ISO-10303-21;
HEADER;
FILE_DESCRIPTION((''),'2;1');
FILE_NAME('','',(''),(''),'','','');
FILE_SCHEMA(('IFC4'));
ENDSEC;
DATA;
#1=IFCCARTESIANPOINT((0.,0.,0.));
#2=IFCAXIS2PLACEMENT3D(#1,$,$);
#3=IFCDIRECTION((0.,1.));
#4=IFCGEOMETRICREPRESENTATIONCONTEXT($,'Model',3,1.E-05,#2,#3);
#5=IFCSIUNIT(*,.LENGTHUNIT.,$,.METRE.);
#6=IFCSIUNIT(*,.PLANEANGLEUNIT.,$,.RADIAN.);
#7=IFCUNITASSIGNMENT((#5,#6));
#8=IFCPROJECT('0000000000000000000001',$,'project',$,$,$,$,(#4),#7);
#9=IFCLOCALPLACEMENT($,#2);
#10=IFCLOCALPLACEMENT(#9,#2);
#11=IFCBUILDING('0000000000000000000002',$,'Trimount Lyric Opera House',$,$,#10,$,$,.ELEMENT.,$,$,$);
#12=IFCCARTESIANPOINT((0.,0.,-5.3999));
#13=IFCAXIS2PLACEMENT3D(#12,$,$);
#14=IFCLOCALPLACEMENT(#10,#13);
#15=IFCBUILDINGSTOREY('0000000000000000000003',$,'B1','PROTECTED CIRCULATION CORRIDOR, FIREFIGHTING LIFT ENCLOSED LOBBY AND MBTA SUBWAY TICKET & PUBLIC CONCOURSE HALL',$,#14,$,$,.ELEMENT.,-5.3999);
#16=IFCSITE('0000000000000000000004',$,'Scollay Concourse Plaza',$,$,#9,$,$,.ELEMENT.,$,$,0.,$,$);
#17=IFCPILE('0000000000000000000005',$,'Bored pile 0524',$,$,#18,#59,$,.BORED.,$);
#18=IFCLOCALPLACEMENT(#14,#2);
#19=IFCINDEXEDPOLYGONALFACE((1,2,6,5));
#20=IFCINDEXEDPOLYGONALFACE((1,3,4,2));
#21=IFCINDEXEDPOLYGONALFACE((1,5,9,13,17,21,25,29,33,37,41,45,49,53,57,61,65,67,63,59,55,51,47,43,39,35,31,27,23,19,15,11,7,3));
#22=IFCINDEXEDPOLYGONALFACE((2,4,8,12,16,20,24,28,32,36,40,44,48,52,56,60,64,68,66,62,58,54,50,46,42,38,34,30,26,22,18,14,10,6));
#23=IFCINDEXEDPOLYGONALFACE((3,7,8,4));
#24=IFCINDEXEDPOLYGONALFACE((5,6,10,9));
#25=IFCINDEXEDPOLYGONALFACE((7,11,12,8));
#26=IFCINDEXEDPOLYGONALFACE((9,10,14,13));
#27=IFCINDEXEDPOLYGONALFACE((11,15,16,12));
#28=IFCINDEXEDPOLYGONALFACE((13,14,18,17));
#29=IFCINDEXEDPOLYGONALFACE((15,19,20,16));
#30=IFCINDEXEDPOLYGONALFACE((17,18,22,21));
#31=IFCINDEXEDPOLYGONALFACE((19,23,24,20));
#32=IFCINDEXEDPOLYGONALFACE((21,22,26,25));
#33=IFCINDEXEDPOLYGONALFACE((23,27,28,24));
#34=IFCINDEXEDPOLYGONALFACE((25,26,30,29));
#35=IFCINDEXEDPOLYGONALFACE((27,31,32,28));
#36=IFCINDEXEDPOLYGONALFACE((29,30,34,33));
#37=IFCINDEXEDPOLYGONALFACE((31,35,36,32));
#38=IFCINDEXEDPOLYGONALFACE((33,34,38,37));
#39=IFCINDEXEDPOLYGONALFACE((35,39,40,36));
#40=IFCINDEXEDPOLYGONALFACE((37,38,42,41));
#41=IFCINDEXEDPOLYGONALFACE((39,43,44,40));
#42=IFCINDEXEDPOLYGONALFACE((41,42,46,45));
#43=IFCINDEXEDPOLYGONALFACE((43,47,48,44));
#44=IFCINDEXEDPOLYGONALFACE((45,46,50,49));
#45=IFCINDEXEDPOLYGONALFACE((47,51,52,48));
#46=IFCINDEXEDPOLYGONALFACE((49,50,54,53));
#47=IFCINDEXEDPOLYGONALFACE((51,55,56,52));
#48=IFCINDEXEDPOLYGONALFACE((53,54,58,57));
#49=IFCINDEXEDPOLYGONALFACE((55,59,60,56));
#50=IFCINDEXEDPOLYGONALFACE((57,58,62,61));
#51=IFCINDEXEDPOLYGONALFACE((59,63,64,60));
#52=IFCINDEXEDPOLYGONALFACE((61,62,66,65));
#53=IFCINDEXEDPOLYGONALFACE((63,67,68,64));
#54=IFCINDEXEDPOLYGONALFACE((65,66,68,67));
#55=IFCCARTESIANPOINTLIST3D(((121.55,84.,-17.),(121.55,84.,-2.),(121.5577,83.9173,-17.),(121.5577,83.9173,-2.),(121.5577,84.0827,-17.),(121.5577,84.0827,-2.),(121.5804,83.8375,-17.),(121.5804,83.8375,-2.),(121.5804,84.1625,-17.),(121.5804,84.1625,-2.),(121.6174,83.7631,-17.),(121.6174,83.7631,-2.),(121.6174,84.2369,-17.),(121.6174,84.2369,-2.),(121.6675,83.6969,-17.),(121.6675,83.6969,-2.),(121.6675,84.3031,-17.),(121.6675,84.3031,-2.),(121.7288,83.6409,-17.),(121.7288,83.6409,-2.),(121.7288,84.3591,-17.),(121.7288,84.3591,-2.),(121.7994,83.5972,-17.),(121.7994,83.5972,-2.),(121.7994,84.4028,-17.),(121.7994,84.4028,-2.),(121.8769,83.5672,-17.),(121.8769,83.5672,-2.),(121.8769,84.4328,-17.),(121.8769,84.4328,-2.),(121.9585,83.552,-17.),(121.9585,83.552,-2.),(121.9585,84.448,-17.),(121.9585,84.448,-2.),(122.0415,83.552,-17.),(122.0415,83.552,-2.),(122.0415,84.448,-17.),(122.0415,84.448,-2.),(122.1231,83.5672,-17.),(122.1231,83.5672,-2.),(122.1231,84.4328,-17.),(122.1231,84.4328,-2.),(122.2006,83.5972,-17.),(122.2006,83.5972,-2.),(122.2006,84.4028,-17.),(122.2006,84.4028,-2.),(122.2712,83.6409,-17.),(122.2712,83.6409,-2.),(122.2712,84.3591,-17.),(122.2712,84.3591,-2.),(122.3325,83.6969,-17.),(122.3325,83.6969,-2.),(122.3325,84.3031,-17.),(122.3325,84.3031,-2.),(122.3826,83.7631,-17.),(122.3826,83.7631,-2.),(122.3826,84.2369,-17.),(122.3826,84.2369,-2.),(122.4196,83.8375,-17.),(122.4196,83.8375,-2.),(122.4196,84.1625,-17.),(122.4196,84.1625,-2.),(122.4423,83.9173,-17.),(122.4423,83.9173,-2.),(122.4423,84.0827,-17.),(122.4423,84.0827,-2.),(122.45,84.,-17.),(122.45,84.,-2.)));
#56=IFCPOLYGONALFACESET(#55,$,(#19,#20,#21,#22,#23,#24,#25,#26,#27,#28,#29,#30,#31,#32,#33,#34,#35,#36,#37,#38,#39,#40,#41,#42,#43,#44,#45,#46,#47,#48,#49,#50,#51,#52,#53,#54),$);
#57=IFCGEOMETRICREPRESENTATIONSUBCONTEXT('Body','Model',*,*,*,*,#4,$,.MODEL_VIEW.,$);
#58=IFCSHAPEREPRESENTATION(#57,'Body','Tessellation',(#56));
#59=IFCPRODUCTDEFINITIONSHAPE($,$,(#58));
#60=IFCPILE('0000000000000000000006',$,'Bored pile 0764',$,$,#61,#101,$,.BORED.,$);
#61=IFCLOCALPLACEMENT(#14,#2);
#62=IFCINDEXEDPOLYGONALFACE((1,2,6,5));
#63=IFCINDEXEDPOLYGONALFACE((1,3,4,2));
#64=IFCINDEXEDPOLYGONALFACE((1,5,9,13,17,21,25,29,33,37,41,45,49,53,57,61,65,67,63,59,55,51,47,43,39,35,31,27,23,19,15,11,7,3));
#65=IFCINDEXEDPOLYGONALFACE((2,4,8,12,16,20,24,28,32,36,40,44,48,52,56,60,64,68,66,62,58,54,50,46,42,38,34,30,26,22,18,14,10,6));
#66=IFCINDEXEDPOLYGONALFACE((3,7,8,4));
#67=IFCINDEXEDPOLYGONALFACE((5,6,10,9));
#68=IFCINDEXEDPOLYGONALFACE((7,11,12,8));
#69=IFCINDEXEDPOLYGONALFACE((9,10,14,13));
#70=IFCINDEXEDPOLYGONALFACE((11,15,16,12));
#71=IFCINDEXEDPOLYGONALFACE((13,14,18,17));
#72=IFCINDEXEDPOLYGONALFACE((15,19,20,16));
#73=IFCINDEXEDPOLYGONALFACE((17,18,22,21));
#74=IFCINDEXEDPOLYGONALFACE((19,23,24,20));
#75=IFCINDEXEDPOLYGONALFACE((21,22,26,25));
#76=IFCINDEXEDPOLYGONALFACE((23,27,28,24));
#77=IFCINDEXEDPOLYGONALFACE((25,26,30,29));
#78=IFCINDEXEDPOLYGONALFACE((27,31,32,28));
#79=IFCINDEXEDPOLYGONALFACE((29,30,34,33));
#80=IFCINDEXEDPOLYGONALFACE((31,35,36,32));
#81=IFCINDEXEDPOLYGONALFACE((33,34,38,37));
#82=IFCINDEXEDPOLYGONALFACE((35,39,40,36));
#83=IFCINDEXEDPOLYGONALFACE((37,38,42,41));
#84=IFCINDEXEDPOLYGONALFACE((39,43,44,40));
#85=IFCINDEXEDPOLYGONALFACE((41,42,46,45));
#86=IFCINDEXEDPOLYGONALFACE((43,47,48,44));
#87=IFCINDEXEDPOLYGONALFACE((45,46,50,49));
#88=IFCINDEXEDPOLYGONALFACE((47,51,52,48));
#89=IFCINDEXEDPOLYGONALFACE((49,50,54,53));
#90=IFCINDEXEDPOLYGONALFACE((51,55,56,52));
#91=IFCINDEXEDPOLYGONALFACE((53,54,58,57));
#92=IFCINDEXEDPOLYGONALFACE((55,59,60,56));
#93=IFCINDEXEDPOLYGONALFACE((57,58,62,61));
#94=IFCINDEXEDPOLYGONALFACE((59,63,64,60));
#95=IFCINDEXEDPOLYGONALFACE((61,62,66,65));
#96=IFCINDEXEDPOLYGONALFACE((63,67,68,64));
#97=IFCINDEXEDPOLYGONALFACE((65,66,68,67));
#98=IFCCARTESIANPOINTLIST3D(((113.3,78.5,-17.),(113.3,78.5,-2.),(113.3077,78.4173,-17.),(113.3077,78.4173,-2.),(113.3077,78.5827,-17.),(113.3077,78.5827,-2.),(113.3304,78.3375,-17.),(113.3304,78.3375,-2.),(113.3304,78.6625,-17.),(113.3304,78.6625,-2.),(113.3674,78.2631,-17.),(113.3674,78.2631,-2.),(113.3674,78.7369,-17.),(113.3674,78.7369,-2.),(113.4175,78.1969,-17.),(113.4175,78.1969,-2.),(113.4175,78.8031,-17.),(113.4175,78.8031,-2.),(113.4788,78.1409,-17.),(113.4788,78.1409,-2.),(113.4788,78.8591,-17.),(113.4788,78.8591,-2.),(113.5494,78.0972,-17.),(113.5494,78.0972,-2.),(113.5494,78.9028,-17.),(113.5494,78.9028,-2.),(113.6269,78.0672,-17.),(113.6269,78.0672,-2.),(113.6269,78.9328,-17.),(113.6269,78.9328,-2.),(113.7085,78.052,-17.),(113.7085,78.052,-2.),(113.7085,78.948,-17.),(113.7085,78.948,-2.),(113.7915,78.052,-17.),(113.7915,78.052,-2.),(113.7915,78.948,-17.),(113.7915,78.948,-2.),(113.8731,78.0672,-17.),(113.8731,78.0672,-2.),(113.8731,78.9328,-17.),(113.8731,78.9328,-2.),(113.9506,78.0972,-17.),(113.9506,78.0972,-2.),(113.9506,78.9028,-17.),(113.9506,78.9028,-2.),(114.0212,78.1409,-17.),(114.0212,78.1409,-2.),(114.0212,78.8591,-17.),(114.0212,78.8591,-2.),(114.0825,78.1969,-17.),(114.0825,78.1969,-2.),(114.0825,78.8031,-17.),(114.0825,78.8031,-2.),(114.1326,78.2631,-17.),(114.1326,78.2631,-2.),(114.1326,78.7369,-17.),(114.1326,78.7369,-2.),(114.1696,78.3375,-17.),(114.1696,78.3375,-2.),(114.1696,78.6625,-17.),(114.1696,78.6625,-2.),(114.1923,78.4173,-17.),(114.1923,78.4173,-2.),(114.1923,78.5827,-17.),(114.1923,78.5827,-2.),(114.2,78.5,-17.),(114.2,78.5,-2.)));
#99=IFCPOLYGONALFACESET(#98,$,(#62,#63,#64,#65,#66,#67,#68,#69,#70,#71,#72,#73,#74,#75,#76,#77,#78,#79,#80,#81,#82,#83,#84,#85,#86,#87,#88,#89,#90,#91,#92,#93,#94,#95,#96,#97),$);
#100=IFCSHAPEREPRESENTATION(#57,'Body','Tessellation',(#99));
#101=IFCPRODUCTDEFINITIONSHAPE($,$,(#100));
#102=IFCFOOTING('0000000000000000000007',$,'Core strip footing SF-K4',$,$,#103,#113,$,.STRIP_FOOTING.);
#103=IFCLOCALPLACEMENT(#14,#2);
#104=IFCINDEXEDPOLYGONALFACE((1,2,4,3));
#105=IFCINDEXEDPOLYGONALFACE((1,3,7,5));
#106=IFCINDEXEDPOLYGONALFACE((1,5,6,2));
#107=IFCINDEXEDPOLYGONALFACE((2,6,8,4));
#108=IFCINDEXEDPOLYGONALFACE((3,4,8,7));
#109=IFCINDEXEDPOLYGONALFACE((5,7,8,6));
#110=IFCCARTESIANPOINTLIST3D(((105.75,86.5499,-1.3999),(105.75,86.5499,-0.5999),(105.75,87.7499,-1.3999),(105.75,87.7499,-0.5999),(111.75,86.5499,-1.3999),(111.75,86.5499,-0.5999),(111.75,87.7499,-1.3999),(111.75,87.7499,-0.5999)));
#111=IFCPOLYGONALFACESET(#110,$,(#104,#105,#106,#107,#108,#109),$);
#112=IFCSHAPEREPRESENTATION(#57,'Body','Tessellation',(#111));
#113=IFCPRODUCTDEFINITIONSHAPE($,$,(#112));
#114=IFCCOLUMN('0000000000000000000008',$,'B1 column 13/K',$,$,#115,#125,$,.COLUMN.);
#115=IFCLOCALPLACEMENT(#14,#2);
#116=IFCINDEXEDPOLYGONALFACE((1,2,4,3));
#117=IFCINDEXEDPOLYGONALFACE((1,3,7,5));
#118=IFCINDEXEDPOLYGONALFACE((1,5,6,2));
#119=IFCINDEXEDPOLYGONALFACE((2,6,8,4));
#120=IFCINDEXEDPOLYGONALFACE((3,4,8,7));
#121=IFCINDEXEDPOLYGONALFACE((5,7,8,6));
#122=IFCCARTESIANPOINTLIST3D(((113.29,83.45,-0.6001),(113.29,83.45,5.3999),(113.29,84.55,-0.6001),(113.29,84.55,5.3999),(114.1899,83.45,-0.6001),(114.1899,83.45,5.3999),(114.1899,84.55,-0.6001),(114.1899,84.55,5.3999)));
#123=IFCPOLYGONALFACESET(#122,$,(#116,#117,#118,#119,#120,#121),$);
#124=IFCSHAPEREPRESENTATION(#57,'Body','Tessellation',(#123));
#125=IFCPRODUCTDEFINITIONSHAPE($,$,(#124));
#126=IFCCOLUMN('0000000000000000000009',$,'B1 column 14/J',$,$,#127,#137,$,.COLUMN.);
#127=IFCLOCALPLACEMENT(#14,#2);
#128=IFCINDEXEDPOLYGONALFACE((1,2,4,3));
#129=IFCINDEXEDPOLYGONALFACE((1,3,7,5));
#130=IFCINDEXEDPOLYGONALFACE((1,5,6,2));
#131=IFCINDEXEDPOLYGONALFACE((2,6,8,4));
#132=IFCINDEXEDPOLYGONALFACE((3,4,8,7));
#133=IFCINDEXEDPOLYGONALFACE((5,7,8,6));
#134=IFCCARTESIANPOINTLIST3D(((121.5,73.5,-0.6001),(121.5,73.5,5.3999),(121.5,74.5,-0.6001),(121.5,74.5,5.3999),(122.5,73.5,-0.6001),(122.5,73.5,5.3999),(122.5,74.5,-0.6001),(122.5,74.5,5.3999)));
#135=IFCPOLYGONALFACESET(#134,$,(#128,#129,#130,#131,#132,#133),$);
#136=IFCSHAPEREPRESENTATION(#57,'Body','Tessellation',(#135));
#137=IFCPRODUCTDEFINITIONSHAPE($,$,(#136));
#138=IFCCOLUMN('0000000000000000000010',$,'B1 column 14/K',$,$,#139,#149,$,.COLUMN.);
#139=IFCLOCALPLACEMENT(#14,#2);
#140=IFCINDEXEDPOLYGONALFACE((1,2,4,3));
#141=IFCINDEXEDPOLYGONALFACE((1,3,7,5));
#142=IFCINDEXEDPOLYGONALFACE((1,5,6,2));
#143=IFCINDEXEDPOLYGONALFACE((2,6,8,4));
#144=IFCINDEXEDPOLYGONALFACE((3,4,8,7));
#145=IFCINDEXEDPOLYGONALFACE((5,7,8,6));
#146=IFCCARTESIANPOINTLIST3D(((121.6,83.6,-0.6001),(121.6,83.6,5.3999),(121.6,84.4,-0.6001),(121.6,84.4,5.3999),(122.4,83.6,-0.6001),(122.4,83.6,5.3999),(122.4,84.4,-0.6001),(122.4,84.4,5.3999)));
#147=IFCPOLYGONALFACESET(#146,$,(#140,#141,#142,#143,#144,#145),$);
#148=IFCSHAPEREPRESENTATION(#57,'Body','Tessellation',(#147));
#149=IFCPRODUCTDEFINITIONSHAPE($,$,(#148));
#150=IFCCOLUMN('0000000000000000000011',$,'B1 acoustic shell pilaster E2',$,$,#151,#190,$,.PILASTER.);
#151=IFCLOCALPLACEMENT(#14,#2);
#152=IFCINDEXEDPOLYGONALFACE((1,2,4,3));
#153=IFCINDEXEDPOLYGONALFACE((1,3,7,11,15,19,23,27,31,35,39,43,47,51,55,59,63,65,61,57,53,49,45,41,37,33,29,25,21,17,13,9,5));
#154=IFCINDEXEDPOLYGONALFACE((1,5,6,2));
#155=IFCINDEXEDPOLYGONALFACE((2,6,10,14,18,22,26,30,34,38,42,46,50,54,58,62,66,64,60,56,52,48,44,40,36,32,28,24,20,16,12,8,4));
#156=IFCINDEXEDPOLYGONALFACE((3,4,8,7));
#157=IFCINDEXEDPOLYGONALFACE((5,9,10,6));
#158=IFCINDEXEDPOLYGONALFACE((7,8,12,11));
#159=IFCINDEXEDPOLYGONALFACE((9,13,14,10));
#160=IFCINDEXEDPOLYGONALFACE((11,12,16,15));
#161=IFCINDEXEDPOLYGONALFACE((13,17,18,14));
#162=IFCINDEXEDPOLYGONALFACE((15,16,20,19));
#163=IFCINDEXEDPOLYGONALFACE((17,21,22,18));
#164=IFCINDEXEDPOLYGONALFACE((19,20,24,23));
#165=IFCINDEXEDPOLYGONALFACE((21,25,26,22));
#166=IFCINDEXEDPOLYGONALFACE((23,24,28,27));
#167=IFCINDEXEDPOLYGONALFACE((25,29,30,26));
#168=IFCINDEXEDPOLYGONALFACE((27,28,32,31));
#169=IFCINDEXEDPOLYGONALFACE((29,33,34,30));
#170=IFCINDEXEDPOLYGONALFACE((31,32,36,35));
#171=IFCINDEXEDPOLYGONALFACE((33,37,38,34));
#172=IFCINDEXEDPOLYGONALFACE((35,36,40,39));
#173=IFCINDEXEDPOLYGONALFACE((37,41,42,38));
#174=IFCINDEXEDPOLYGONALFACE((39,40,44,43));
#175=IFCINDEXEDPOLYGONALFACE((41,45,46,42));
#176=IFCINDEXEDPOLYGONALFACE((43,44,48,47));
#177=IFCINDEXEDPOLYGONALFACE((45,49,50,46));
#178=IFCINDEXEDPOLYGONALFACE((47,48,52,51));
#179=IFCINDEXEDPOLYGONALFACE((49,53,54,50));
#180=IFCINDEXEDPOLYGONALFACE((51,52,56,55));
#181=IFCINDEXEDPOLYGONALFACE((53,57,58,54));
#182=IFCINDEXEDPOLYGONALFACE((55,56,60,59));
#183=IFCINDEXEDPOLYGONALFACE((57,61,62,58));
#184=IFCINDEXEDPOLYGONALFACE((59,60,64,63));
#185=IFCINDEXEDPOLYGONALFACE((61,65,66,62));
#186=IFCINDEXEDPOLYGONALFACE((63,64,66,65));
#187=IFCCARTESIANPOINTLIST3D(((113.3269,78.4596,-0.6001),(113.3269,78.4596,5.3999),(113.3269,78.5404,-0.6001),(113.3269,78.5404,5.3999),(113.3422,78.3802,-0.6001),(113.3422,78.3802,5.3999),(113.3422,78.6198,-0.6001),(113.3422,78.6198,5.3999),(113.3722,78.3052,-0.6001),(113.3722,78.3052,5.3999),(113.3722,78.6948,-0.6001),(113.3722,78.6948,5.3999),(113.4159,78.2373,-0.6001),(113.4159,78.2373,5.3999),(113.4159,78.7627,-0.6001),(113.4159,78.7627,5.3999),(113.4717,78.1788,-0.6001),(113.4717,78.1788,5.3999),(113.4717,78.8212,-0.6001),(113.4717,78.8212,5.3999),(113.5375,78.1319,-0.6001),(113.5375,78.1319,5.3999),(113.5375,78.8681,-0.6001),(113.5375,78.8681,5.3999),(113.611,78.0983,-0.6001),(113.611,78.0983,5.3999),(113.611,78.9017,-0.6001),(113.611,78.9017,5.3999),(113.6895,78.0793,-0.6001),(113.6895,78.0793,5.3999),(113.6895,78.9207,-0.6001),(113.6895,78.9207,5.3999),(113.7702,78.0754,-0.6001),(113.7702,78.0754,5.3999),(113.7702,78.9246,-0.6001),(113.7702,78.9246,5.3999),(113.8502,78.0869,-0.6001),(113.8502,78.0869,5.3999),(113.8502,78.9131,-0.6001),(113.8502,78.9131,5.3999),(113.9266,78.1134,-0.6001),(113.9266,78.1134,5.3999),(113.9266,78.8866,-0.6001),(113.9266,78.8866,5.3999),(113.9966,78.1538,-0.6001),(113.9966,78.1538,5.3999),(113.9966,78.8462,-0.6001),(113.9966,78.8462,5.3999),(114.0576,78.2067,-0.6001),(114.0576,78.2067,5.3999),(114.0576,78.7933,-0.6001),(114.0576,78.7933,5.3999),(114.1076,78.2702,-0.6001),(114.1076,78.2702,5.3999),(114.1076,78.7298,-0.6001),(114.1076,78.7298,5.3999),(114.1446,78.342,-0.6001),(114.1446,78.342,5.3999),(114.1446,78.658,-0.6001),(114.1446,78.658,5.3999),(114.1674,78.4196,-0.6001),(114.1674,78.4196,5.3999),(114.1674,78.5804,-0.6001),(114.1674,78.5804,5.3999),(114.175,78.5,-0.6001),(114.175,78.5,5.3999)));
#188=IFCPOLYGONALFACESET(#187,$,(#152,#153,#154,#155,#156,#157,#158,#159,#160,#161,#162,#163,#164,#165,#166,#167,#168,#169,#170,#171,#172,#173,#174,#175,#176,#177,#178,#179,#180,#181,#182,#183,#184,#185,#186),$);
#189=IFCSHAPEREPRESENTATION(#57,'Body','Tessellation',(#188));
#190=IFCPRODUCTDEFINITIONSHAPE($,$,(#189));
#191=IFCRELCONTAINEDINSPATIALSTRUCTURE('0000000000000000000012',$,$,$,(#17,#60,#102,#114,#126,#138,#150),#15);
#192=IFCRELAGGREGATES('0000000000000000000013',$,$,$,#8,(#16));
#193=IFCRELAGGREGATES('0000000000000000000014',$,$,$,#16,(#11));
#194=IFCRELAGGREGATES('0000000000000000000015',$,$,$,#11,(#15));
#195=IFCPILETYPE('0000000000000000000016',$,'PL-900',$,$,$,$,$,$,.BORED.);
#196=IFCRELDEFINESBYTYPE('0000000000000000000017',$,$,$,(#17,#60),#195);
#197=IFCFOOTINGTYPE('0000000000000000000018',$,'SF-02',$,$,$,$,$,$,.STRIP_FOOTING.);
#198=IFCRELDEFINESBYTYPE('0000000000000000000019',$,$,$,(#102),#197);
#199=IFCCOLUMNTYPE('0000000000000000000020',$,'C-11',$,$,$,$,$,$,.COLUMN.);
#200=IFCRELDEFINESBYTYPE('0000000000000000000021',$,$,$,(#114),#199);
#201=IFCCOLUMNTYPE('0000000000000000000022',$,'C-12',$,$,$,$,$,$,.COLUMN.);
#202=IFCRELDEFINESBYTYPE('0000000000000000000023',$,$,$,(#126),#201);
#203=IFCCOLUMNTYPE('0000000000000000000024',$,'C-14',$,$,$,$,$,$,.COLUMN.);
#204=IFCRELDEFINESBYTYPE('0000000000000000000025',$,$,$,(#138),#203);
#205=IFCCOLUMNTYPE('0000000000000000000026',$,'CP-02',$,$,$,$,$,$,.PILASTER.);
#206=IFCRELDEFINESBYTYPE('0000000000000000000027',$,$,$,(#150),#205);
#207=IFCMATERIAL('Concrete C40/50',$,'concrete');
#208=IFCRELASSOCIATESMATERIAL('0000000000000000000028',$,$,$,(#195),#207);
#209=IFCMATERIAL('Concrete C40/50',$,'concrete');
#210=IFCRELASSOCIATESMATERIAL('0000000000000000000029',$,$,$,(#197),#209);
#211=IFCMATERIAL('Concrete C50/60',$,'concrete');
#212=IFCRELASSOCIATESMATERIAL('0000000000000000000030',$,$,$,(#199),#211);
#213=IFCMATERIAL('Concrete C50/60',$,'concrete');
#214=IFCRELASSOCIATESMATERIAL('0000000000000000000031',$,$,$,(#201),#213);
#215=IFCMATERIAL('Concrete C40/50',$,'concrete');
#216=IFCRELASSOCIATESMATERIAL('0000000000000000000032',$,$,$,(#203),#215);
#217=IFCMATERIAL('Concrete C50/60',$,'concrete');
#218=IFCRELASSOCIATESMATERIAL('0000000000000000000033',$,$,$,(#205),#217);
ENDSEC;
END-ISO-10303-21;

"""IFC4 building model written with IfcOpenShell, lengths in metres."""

from ifc_helpers import new_model, si_unit, direction, frame, origin, origin_2d, place, context, subcontext, project, spatial, rectangle, circle, extrude, material, material_profile, profile_set, type_object, element, save


model = new_model("IFC4")

# Units and contexts
model_context = context("Model", 3, precision=1e-05, world=origin(), true_north=direction((0.0, 1.0)))
body_context = subcontext(model_context, "Body", "Model", "MODEL_VIEW")
ifc_project = project(units=[si_unit("LENGTHUNIT", "METRE"), si_unit("PLANEANGLEUNIT", "RADIAN")], contexts=[model_context])

# Site, building, storey
site_placement = place(None, origin())
site = spatial("IfcSite", under=ifc_project, at=site_placement, Name="Scollay Concourse Plaza", CompositionType="ELEMENT", RefElevation=0.0)
building_placement = place(site_placement, origin())
building = spatial("IfcBuilding", under=site, at=building_placement, Name="Trimount Lyric Opera House", CompositionType="ELEMENT")
storey_placement = place(building_placement, frame((0.0, 0.0, -5.3999)))
storey = spatial("IfcBuildingStorey", under=building, at=storey_placement, Name="B1", Description="PROTECTED CIRCULATION CORRIDOR, FIREFIGHTING LIFT ENCLOSED LOBBY AND MBTA SUBWAY TICKET & PUBLIC CONCOURSE HALL", CompositionType="ELEMENT", Elevation=-5.3999)

# Piles
ifc_material_1 = material(Name="Concrete C40/50", Category="concrete")
ifc_material_profile_1 = material_profile(ifc_material_1, circle(Radius=0.45, at=origin_2d()), Name="PILE-D900")
ifc_profile_set_1 = profile_set([ifc_material_profile_1], Name="Concrete C40/50")
pile_type_1 = type_object("IfcPileType", Name="PL-900", PredefinedType="BORED", material=ifc_profile_set_1)
for number, where, z_axis, x_axis, name in (
    (1, (122.0, 84.0, -2.0), (0.0, 0.0, -1.0), (1.0, 0.0, 0.0), "Bored pile 0524"),
    (2, (113.75, 78.5, -2.0), (0.0, 0.0, -1.0), (1.0, 0.0, 0.0), "Bored pile 0764"),
):
    element("IfcPile", number, at=place(storey_placement, frame(where, z_axis=z_axis, x_axis=x_axis)), inside=storey, type_object=pile_type_1, Name=name, PredefinedType="BORED", context=body_context, shape_type="SweptSolid", body=[
        extrude(circle(Radius=0.45, at=origin_2d()), origin(), (0.0, 0.0, 1.0), 15.0),
    ])

# Footing
ifc_material_2 = material(Name="Concrete C40/50", Category="concrete")
footing_type_1 = type_object("IfcFootingType", Name="SF-02", PredefinedType="STRIP_FOOTING", material=ifc_material_2)
footing_1_placement = place(storey_placement, frame((108.75, 87.1499, -1.3999), z_axis=(0.0, 0.0, 1.0), x_axis=(1.0, 0.0, 0.0)))
element("IfcFooting", 3, at=footing_1_placement, inside=storey, type_object=footing_type_1, Name="Core strip footing SF-K4", PredefinedType="STRIP_FOOTING", context=body_context, shape_type="SweptSolid", body=[
    extrude(rectangle(XDim=6.0, YDim=1.2, at=origin_2d()), origin(), (0.0, 0.0, 1.0), 0.8),
])

# Columns
ifc_material_3 = material(Name="Concrete C50/60", Category="concrete")
ifc_material_profile_2 = material_profile(ifc_material_3, rectangle(XDim=0.8999, YDim=1.1001, at=origin_2d()), Name="RC1100X900")
ifc_profile_set_2 = profile_set([ifc_material_profile_2], Name="Concrete C50/60")
column_type_1 = type_object("IfcColumnType", Name="C-11", PredefinedType="COLUMN", material=ifc_profile_set_2)
column_1_placement = place(storey_placement, frame((113.74, 84.0, -0.6001), z_axis=(0.0, 0.0, 1.0), x_axis=(1.0, 0.0, 0.0)))
element("IfcColumn", 4, at=column_1_placement, inside=storey, type_object=column_type_1, Name="B1 column 13/K", PredefinedType="COLUMN", context=body_context, shape_type="SweptSolid", body=[
    extrude(rectangle(XDim=0.8999, YDim=1.1001, at=origin_2d()), origin(), (0.0, 0.0, 1.0), 6.0),
])
ifc_material_4 = material(Name="Concrete C50/60", Category="concrete")
ifc_material_profile_3 = material_profile(ifc_material_4, rectangle(XDim=1.0, YDim=1.0, at=origin_2d()), Name="RC1000X1000")
ifc_profile_set_3 = profile_set([ifc_material_profile_3], Name="Concrete C50/60")
column_type_2 = type_object("IfcColumnType", Name="C-12", PredefinedType="COLUMN", material=ifc_profile_set_3)
column_2_placement = place(storey_placement, frame((122.0, 74.0, -0.6001), z_axis=(0.0, 0.0, 1.0), x_axis=(1.0, 0.0, 0.0)))
element("IfcColumn", 5, at=column_2_placement, inside=storey, type_object=column_type_2, Name="B1 column 14/J", PredefinedType="COLUMN", context=body_context, shape_type="SweptSolid", body=[
    extrude(rectangle(XDim=1.0, YDim=1.0, at=origin_2d()), origin(), (0.0, 0.0, 1.0), 6.0),
])
ifc_material_5 = material(Name="Concrete C40/50", Category="concrete")
ifc_material_profile_4 = material_profile(ifc_material_5, rectangle(XDim=0.8, YDim=0.8, at=origin_2d()), Name="RC800X800")
ifc_profile_set_4 = profile_set([ifc_material_profile_4], Name="Concrete C40/50")
column_type_3 = type_object("IfcColumnType", Name="C-14", PredefinedType="COLUMN", material=ifc_profile_set_4)
column_3_placement = place(storey_placement, frame((122.0, 84.0, -0.6001), z_axis=(0.0, 0.0, 1.0), x_axis=(1.0, 0.0, 0.0)))
element("IfcColumn", 6, at=column_3_placement, inside=storey, type_object=column_type_3, Name="B1 column 14/K", PredefinedType="COLUMN", context=body_context, shape_type="SweptSolid", body=[
    extrude(rectangle(XDim=0.8, YDim=0.8, at=origin_2d()), origin(), (0.0, 0.0, 1.0), 6.0),
])
ifc_material_6 = material(Name="Concrete C50/60", Category="concrete")
ifc_material_profile_5 = material_profile(ifc_material_6, circle(Radius=0.425, at=origin_2d()), Name="RC-D850")
ifc_profile_set_5 = profile_set([ifc_material_profile_5], Name="Concrete C50/60")
column_type_4 = type_object("IfcColumnType", Name="CP-02", PredefinedType="PILASTER", material=ifc_profile_set_5)
column_4_placement = place(storey_placement, frame((113.75, 78.5, -0.6001), z_axis=(0.0, 0.0, 1.0), x_axis=(1.0, 0.0, 0.0)))
element("IfcColumn", 7, at=column_4_placement, inside=storey, type_object=column_type_4, Name="B1 acoustic shell pilaster E2", PredefinedType="PILASTER", context=body_context, shape_type="SweptSolid", body=[
    extrude(circle(Radius=0.425, at=origin_2d()), origin(), (0.0, 0.0, 1.0), 6.0),
])

save(model, "model.ifc")
